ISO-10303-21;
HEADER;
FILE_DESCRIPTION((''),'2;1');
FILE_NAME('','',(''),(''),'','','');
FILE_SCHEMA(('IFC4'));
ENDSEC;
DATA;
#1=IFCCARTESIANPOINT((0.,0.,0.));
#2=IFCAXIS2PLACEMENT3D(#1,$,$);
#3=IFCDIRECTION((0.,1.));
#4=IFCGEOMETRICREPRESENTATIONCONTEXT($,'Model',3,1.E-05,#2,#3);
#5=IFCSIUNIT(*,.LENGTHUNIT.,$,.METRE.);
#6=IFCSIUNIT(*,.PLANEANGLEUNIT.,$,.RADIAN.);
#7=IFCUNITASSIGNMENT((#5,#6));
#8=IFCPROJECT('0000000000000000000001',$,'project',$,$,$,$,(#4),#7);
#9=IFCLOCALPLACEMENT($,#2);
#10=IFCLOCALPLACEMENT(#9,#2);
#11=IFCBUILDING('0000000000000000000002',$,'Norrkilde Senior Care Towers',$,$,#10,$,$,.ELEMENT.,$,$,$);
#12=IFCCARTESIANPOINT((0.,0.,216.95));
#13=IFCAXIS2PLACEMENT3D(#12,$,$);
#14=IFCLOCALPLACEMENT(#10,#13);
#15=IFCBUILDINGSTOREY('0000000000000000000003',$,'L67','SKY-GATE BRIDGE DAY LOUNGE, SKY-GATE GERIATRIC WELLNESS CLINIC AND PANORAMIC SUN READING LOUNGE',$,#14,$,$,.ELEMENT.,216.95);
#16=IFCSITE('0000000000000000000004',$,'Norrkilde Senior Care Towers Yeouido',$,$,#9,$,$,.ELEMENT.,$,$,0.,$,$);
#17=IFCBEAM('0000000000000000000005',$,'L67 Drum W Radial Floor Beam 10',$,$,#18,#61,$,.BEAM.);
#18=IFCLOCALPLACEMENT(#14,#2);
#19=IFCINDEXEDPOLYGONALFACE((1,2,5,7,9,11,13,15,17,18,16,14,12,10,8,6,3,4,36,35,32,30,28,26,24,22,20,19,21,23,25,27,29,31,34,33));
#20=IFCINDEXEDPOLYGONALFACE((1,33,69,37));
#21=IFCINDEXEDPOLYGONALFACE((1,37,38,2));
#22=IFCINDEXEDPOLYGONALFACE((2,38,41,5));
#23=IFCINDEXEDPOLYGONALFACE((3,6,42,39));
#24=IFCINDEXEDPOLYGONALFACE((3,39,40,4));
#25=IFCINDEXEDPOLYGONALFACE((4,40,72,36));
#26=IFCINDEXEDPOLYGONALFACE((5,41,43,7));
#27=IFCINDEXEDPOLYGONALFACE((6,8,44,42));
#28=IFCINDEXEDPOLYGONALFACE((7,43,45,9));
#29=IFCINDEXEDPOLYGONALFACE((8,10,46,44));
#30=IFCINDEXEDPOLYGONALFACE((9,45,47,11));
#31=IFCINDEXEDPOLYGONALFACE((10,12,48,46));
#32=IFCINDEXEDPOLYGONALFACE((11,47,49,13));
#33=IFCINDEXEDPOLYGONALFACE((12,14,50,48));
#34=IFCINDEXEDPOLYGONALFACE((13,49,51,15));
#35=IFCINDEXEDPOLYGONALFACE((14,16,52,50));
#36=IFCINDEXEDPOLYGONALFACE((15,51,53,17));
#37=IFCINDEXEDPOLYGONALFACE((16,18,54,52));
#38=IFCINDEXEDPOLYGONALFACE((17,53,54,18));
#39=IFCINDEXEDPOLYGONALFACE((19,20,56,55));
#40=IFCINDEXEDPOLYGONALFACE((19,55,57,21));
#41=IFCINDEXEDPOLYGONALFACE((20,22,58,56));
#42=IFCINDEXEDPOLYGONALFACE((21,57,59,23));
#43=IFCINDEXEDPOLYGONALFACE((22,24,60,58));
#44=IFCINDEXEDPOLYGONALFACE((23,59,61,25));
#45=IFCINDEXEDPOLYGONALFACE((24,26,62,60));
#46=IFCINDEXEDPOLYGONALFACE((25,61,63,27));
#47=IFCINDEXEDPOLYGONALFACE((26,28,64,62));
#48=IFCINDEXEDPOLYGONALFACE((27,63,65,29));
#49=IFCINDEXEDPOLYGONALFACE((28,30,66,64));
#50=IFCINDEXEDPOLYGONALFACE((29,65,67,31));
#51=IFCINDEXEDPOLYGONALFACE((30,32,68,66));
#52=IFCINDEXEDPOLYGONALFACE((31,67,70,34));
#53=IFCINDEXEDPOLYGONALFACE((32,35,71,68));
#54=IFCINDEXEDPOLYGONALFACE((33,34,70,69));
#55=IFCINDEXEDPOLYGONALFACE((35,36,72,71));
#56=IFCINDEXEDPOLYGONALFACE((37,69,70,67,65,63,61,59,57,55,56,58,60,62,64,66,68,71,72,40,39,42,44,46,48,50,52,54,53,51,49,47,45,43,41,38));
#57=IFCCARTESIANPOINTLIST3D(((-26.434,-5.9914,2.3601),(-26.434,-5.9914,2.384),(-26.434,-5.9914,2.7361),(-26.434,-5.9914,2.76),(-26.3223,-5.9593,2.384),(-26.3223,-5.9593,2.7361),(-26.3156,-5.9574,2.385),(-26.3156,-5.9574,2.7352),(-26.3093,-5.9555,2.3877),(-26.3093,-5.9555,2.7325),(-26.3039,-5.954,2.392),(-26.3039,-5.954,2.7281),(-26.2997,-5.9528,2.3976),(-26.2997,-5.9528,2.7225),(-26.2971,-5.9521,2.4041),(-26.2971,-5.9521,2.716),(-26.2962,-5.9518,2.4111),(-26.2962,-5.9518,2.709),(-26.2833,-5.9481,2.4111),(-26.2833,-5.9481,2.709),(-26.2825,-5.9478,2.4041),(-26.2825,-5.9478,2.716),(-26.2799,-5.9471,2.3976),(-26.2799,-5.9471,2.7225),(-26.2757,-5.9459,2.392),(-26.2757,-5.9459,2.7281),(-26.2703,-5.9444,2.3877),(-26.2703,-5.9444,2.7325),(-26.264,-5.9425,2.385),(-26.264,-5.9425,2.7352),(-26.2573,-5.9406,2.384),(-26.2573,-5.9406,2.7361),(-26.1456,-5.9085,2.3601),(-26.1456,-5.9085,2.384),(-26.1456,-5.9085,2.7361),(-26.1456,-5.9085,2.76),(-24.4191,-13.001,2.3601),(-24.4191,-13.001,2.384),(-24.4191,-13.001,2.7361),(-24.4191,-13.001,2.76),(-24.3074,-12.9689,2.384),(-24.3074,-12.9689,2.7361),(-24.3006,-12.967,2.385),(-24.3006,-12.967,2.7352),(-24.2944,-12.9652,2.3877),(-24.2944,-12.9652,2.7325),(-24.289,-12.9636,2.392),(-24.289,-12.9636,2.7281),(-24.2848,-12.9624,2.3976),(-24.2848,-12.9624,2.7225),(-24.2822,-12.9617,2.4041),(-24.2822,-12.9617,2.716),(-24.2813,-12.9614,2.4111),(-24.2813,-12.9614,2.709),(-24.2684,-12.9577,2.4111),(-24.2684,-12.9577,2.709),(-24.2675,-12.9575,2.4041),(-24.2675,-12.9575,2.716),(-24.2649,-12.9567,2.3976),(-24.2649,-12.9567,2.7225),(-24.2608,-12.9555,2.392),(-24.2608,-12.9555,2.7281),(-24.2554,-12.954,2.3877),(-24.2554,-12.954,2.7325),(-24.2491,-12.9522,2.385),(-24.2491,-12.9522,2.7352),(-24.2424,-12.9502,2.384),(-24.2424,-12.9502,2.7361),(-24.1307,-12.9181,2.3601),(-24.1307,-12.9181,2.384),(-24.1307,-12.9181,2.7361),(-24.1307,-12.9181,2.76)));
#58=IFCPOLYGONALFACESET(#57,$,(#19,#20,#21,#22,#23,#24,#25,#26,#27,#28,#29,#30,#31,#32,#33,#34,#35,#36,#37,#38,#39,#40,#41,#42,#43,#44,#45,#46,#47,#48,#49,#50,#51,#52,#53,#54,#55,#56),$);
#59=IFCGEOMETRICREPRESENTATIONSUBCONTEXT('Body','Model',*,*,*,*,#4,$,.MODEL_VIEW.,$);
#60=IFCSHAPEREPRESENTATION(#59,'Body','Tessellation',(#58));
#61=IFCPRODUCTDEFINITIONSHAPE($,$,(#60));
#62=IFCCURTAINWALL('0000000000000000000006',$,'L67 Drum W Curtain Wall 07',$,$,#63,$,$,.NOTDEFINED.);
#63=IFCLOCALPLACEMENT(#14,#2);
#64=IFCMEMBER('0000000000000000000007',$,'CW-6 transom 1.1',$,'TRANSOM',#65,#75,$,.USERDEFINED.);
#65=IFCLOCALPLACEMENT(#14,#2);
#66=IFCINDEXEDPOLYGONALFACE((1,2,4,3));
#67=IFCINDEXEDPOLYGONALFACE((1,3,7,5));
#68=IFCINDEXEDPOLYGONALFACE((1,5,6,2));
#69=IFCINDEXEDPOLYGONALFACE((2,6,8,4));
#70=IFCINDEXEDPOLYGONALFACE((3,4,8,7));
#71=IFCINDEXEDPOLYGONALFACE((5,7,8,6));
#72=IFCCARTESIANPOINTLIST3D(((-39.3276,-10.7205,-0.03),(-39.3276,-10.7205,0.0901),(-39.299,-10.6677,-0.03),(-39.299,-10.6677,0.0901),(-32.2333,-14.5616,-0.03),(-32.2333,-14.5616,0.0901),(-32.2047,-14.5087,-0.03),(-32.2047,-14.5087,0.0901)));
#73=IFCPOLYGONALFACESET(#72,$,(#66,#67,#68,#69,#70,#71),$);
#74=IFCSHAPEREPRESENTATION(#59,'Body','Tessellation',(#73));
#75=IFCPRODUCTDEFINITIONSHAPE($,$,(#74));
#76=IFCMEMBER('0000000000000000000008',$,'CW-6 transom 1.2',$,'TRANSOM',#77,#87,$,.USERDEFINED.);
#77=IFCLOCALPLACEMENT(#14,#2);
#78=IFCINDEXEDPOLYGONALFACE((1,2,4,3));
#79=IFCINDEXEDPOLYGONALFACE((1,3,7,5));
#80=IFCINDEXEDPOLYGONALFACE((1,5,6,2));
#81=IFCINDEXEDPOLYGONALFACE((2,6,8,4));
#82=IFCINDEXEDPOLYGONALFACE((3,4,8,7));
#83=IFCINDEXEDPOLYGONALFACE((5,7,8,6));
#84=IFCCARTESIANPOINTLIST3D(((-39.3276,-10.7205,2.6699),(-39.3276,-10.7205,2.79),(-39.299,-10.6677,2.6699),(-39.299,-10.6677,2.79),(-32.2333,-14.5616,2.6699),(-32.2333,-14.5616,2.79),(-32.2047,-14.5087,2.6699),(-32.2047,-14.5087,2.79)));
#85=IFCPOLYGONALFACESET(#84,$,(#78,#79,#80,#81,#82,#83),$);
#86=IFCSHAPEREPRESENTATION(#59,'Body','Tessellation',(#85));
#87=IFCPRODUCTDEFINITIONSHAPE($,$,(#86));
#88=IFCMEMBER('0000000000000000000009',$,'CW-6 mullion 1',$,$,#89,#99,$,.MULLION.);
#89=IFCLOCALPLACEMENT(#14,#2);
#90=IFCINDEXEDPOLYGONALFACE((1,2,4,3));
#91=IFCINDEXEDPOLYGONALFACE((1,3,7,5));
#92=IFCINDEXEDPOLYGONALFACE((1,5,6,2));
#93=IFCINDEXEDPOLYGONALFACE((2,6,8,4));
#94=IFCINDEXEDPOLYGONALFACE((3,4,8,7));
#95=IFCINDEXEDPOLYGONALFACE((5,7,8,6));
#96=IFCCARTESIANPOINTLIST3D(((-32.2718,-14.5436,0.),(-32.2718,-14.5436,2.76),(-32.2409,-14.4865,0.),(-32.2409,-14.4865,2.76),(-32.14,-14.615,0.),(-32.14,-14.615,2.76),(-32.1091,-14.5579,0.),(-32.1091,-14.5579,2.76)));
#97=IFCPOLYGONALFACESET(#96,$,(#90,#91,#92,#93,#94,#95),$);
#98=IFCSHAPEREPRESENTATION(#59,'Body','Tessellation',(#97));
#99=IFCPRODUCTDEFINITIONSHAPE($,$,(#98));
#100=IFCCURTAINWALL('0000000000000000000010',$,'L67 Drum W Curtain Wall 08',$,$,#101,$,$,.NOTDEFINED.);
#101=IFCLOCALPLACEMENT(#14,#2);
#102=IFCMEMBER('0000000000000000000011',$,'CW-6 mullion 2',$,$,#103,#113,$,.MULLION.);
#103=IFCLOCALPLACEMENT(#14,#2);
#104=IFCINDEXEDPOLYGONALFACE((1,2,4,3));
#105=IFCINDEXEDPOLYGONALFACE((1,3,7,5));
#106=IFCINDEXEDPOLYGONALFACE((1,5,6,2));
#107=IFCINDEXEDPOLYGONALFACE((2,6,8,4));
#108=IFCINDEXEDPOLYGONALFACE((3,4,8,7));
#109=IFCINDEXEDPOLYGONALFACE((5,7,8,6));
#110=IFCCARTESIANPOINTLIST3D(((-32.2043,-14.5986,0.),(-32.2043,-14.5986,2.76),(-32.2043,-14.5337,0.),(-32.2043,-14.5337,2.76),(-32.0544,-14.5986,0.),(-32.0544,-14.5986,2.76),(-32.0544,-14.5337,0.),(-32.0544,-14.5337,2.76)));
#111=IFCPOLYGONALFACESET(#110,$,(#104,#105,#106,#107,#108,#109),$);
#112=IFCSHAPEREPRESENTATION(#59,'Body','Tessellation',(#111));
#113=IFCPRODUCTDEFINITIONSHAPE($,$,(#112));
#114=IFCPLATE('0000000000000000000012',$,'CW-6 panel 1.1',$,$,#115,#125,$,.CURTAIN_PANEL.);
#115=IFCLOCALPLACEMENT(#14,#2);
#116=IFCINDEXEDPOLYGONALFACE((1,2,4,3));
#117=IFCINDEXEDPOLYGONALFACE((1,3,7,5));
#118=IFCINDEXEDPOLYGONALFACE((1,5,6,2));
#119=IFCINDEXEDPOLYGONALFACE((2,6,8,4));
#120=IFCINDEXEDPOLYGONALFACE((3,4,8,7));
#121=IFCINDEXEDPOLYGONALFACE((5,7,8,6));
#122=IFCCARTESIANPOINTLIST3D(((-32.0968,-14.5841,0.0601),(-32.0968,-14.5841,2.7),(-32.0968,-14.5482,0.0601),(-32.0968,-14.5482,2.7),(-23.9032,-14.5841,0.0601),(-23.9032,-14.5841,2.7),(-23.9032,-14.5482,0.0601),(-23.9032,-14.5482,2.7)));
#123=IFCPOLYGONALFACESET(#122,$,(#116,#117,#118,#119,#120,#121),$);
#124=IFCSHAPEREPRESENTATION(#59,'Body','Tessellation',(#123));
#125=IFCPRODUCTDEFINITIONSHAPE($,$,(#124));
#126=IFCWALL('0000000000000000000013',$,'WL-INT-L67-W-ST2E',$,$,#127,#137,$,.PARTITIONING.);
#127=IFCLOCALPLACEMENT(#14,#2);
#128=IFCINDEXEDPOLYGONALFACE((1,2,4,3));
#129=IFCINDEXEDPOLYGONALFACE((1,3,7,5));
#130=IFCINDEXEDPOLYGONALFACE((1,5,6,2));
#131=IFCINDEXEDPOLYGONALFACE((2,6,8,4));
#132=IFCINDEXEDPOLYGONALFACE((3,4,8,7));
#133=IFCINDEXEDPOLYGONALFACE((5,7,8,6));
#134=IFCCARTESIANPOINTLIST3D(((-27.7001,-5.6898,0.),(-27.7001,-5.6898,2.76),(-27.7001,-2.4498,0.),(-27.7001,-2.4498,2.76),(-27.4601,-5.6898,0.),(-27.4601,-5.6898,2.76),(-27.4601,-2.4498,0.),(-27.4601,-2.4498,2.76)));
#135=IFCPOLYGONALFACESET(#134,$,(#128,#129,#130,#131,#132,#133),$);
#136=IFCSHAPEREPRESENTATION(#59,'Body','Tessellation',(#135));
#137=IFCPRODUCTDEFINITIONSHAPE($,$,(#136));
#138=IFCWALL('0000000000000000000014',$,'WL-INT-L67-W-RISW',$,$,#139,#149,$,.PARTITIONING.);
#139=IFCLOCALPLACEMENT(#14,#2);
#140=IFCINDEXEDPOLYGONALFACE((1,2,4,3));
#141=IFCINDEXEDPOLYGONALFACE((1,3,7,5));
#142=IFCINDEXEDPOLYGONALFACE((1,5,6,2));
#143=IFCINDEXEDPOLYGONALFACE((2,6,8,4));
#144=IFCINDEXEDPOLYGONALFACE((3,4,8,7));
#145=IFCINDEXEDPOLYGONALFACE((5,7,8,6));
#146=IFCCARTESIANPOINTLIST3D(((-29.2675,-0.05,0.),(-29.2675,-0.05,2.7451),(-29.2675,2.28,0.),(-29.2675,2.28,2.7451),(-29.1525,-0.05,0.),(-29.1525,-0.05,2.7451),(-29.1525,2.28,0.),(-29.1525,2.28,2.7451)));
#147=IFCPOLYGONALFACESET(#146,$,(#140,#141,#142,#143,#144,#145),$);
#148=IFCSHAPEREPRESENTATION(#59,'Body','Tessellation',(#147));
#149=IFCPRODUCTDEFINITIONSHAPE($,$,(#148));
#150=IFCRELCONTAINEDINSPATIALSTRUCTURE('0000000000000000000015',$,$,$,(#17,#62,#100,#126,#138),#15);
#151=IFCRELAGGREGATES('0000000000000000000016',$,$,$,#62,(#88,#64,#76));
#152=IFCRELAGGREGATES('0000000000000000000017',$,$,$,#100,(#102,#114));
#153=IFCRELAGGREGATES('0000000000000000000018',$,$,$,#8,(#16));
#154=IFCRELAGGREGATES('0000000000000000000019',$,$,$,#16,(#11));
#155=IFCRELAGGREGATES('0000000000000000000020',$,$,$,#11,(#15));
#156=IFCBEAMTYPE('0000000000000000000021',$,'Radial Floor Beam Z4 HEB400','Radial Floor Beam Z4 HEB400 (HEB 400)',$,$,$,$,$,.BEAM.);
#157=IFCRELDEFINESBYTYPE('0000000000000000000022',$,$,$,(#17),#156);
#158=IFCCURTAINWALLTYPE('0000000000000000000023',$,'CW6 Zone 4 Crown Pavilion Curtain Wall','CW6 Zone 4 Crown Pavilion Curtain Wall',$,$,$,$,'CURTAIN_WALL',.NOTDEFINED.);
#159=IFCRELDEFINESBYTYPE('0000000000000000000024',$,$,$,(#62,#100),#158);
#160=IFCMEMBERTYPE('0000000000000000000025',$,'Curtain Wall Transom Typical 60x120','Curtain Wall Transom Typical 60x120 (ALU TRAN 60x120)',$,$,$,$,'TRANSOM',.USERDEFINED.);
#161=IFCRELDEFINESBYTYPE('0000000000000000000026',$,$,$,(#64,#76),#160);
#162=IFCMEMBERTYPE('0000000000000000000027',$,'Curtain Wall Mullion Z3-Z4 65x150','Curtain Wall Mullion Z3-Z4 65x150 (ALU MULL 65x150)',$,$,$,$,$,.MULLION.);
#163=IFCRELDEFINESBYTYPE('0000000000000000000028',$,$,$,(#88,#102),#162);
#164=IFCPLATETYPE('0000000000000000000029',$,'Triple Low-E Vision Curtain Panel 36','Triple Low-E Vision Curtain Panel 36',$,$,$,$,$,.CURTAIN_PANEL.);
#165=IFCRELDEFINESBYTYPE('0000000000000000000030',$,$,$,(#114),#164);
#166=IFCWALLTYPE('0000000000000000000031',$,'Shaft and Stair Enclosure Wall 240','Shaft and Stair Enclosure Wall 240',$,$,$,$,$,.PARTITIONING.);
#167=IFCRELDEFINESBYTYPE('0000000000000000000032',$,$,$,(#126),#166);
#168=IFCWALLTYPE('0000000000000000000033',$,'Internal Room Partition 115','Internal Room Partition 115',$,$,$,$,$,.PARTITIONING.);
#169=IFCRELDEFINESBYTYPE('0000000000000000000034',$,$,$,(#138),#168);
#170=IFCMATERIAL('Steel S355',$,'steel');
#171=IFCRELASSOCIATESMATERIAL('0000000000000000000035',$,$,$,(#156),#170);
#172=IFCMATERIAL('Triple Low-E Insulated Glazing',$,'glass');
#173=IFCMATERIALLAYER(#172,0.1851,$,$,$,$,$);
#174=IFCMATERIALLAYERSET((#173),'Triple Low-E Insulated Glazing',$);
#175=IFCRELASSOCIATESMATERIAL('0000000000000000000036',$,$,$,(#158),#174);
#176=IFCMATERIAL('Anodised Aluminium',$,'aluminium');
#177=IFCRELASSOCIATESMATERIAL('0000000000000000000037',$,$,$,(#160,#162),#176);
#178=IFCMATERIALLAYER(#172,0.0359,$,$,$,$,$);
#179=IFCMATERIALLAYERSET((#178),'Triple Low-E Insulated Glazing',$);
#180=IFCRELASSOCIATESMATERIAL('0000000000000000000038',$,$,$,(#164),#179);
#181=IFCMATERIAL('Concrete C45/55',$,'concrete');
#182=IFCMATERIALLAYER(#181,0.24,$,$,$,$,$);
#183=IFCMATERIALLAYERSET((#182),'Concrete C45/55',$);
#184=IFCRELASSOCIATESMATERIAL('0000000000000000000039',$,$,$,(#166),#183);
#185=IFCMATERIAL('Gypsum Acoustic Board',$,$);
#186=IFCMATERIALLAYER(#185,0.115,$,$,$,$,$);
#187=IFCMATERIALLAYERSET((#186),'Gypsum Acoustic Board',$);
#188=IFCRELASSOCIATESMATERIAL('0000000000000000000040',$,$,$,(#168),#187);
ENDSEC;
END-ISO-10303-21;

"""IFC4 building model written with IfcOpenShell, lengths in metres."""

from ifc_helpers import new_model, si_unit, direction, frame, frame_2d, origin, origin_2d, place, context, subcontext, project, spatial, rectangle, i_section, extrude, source, transform, mapped, material, layer, layer_set, material_profile, profile_set, type_object, type_shapes, element, aggregate, save


model = new_model("IFC4")

# Units and contexts
model_context = context("Model", 3, precision=1e-05, world=origin(), true_north=direction((0.0, 1.0)))
body_context = subcontext(model_context, "Body", "Model", "MODEL_VIEW")
ifc_project = project(units=[si_unit("LENGTHUNIT", "METRE"), si_unit("PLANEANGLEUNIT", "RADIAN")], contexts=[model_context])

# Site, building, storey
site_placement = place(None, origin())
site = spatial("IfcSite", under=ifc_project, at=site_placement, Name="Norrkilde Senior Care Towers Yeouido", CompositionType="ELEMENT", RefElevation=0.0)
building_placement = place(site_placement, origin())
building = spatial("IfcBuilding", under=site, at=building_placement, Name="Norrkilde Senior Care Towers", CompositionType="ELEMENT")
storey_placement = place(building_placement, frame((0.0, 0.0, 216.95)))
storey = spatial("IfcBuildingStorey", under=building, at=storey_placement, Name="L67", Description="SKY-GATE BRIDGE DAY LOUNGE, SKY-GATE GERIATRIC WELLNESS CLINIC AND PANORAMIC SUN READING LOUNGE", CompositionType="ELEMENT", Elevation=216.95)

# Beam
ifc_material_1 = material(Name="Steel S355", Category="steel")
ifc_material_profile_1 = material_profile(ifc_material_1, i_section(OverallWidth=0.3, OverallDepth=0.3999, WebThickness=0.0134, FlangeThickness=0.0239, FilletRadius=0.0271, at=origin_2d()), Name="HEB 400")
ifc_profile_set_1 = profile_set([ifc_material_profile_1], Name="Steel S355")
beam_type_1 = type_object("IfcBeamType", Name="Radial Floor Beam Z4 HEB400", Description="Radial Floor Beam Z4 HEB400 (HEB 400)", PredefinedType="BEAM", material=ifc_profile_set_1)
shared_shape_1 = source(origin(), body_context, "Body", "SweptSolid", [
    extrude(i_section(OverallWidth=0.3, OverallDepth=0.3999, WebThickness=0.0134, FlangeThickness=0.0239, FilletRadius=0.0271, at=origin_2d()), origin(), (0.0, 0.0, 1.0), 7.2935),
])
type_shapes(beam_type_1, [shared_shape_1])
for number, where, z_axis, x_axis, name in (
    (1, (-26.2898, -5.95, 2.5601), (0.276264, -0.961082, 0.0), (0.961082, 0.276264, 0.0), "L67 Drum W Radial Floor Beam 10"),
):
    element("IfcBeam", number, at=place(storey_placement, frame(where, z_axis=z_axis, x_axis=x_axis)), inside=storey, type_object=beam_type_1, Name=name, PredefinedType="BEAM", context=body_context, shape_type="MappedRepresentation", body=[
        mapped(shared_shape_1, transform((0.0, 0.0, 0.0), x_axis=(1.0, 0.0, 0.0), y_axis=(0.0, 1.0, 0.0), z_axis=(0.0, 0.0, 1.0), scale=1.0)),
    ])

# Curtain wall, members
ifc_material_2 = material(Name="Triple Low-E Insulated Glazing", Category="glass")
ifc_layer_1 = layer(ifc_material_2, 0.1851)
ifc_layer_set_1 = layer_set([ifc_layer_1], Name="Triple Low-E Insulated Glazing")
curtain_wall_type = type_object("IfcCurtainWallType", Name="CW6 Zone 4 Crown Pavilion Curtain Wall", Description="CW6 Zone 4 Crown Pavilion Curtain Wall", ElementType="CURTAIN_WALL", PredefinedType="NOTDEFINED", material=ifc_layer_set_1)
curtain_wall_1_placement = place(storey_placement, origin())
curtain_wall_1 = element("IfcCurtainWall", 2, at=curtain_wall_1_placement, inside=storey, type_object=curtain_wall_type, Name="L67 Drum W Curtain Wall 07", PredefinedType="NOTDEFINED")
ifc_material_3 = material(Name="Anodised Aluminium", Category="aluminium")
ifc_material_profile_2 = material_profile(ifc_material_3, rectangle(XDim=0.0601, YDim=0.1201, at=origin_2d()), Name="ALU TRAN 60x120")
ifc_profile_set_2 = profile_set([ifc_material_profile_2], Name="Anodised Aluminium")
member_type_1 = type_object("IfcMemberType", Name="Curtain Wall Transom Typical 60x120", Description="Curtain Wall Transom Typical 60x120 (ALU TRAN 60x120)", ElementType="TRANSOM", PredefinedType="USERDEFINED", material=ifc_profile_set_2)
shared_shape_2 = source(origin(), body_context, "Body", "SweptSolid", [
    extrude(rectangle(XDim=0.0601, YDim=0.1201, at=origin_2d()), origin(), (0.0, 0.0, 1.0), 8.0674),
])
type_shapes(member_type_1, [shared_shape_2])
member_1_placement = place(storey_placement, frame((-32.219, -14.5352, 0.03), z_axis=(-0.879378, 0.476125, 0.0), x_axis=(-0.476125, -0.879378, 0.0)))
member_1 = element("IfcMember", 3, at=member_1_placement, type_object=member_type_1, Name="CW-6 transom 1.1", ObjectType="TRANSOM", PredefinedType="USERDEFINED", context=body_context, shape_type="MappedRepresentation", body=[
    mapped(shared_shape_2, transform((0.0, 0.0, 0.0), x_axis=(1.0, 0.0, 0.0), y_axis=(0.0, 1.0, 0.0), z_axis=(0.0, 0.0, 1.0), scale=1.0)),
])
member_2_placement = place(storey_placement, frame((-32.219, -14.5352, 2.73), z_axis=(-0.879378, 0.476125, 0.0), x_axis=(-0.476125, -0.879378, 0.0)))
member_2 = element("IfcMember", 4, at=member_2_placement, type_object=member_type_1, Name="CW-6 transom 1.2", ObjectType="TRANSOM", PredefinedType="USERDEFINED", context=body_context, shape_type="MappedRepresentation", body=[
    mapped(shared_shape_2, transform((0.0, 0.0, 0.0), x_axis=(1.0, 0.0, 0.0), y_axis=(0.0, 1.0, 0.0), z_axis=(0.0, 0.0, 1.0), scale=1.0)),
])
ifc_material_profile_3 = material_profile(ifc_material_3, rectangle(XDim=0.0649, YDim=0.1499, at=origin_2d()), Name="ALU MULL 65x150")
ifc_profile_set_3 = profile_set([ifc_material_profile_3], Name="Anodised Aluminium")
member_type_2 = type_object("IfcMemberType", Name="Curtain Wall Mullion Z3-Z4 65x150", Description="Curtain Wall Mullion Z3-Z4 65x150 (ALU MULL 65x150)", PredefinedType="MULLION", material=ifc_profile_set_3)
shared_shape_3 = source(origin(), body_context, "Body", "SweptSolid", [
    extrude(rectangle(XDim=0.0649, YDim=0.1499, at=origin_2d()), origin(), (0.0, 0.0, 1.0), 2.76),
])
type_shapes(member_type_2, [shared_shape_3])
member_3_placement = place(storey_placement, frame((-32.1904, -14.5508, 0.0), z_axis=(0.0, 0.0, 1.0), x_axis=(-0.476133, -0.879373, 0.0)))
member_3 = element("IfcMember", 5, at=member_3_placement, type_object=member_type_2, Name="CW-6 mullion 1", PredefinedType="MULLION", context=body_context, shape_type="MappedRepresentation", body=[
    mapped(shared_shape_3, transform((0.0, 0.0, 0.0), x_axis=(1.0, 0.0, 0.0), y_axis=(0.0, 1.0, 0.0), z_axis=(0.0, 0.0, 1.0), scale=1.0)),
])
aggregate(curtain_wall_1, [member_3, member_1, member_2])

# Curtain wall, member, plate
curtain_wall_2_placement = place(storey_placement, origin())
curtain_wall_2 = element("IfcCurtainWall", 6, at=curtain_wall_2_placement, inside=storey, type_object=curtain_wall_type, Name="L67 Drum W Curtain Wall 08", PredefinedType="NOTDEFINED")
member_4_placement = place(storey_placement, frame((-32.1294, -14.5662, 0.0), z_axis=(0.0, 0.0, 1.0), x_axis=(0.0, -1.0, 0.0)))
member_4 = element("IfcMember", 7, at=member_4_placement, type_object=member_type_2, Name="CW-6 mullion 2", PredefinedType="MULLION", context=body_context, shape_type="MappedRepresentation", body=[
    mapped(shared_shape_3, transform((0.0, 0.0, 0.0), x_axis=(1.0, 0.0, 0.0), y_axis=(0.0, 1.0, 0.0), z_axis=(0.0, 0.0, 1.0), scale=1.0)),
])
ifc_layer_2 = layer(ifc_material_2, 0.0359)
ifc_layer_set_2 = layer_set([ifc_layer_2], Name="Triple Low-E Insulated Glazing")
plate_type = type_object("IfcPlateType", Name="Triple Low-E Vision Curtain Panel 36", Description="Triple Low-E Vision Curtain Panel 36", PredefinedType="CURTAIN_PANEL", material=ifc_layer_set_2)
shared_shape_4 = source(origin(), body_context, "Body", "SweptSolid", [
    extrude(rectangle(XDim=8.1936, YDim=0.0359, at=origin_2d()), origin(), (0.0, 0.0, 1.0), 2.6399),
])
type_shapes(plate_type, [shared_shape_4])
plate_placement = place(storey_placement, frame((-28.0, -14.5662, 0.0601), z_axis=(0.0, 0.0, 1.0), x_axis=(-1.0, 0.0, 0.0)))
plate = element("IfcPlate", 8, at=plate_placement, type_object=plate_type, Name="CW-6 panel 1.1", PredefinedType="CURTAIN_PANEL", context=body_context, shape_type="MappedRepresentation", body=[
    mapped(shared_shape_4, transform((0.0, 0.0, 0.0), x_axis=(1.0, 0.0, 0.0), y_axis=(0.0, 1.0, 0.0), z_axis=(0.0, 0.0, 1.0), scale=1.0)),
])
aggregate(curtain_wall_2, [member_4, plate])

# Walls
ifc_material_4 = material(Name="Concrete C45/55", Category="concrete")
ifc_layer_3 = layer(ifc_material_4, 0.24)
ifc_layer_set_3 = layer_set([ifc_layer_3], Name="Concrete C45/55")
wall_type_1 = type_object("IfcWallType", Name="Shaft and Stair Enclosure Wall 240", Description="Shaft and Stair Enclosure Wall 240", PredefinedType="PARTITIONING", material=ifc_layer_set_3)
shared_shape_5 = source(origin(), body_context, "Body", "SweptSolid", [
    extrude(rectangle(XDim=3.24, YDim=0.24, at=frame_2d((1.6201, 0.0))), origin(), (0.0, 0.0, 1.0), 2.76),
])
type_shapes(wall_type_1, [shared_shape_5])
wall_1_placement = place(storey_placement, frame((-27.5801, -5.6899, 0.0), z_axis=(0.0, 0.0, 1.0), x_axis=(0.0, 1.0, 0.0)))
element("IfcWall", 9, at=wall_1_placement, inside=storey, type_object=wall_type_1, Name="WL-INT-L67-W-ST2E", PredefinedType="PARTITIONING", context=body_context, shape_type="MappedRepresentation", body=[
    mapped(shared_shape_5, transform((0.0, 0.0, 0.0), x_axis=(1.0, 0.0, 0.0), y_axis=(0.0, 1.0, 0.0), z_axis=(0.0, 0.0, 1.0), scale=1.0)),
])
ifc_material_5 = material(Name="Gypsum Acoustic Board")
ifc_layer_4 = layer(ifc_material_5, 0.115)
ifc_layer_set_4 = layer_set([ifc_layer_4], Name="Gypsum Acoustic Board")
wall_type_2 = type_object("IfcWallType", Name="Internal Room Partition 115", Description="Internal Room Partition 115", PredefinedType="PARTITIONING", material=ifc_layer_set_4)
shared_shape_6 = source(origin(), body_context, "Body", "SweptSolid", [
    extrude(rectangle(XDim=2.3301, YDim=0.115, at=frame_2d((1.165, 0.0))), origin(), (0.0, 0.0, 1.0), 2.7451),
])
type_shapes(wall_type_2, [shared_shape_6])
wall_2_placement = place(storey_placement, frame((-29.21, -0.05, 0.0), z_axis=(0.0, 0.0, 1.0), x_axis=(0.0, 1.0, 0.0)))
element("IfcWall", 10, at=wall_2_placement, inside=storey, type_object=wall_type_2, Name="WL-INT-L67-W-RISW", PredefinedType="PARTITIONING", context=body_context, shape_type="MappedRepresentation", body=[
    mapped(shared_shape_6, transform((0.0, 0.0, 0.0), x_axis=(1.0, 0.0, 0.0), y_axis=(0.0, 1.0, 0.0), z_axis=(0.0, 0.0, 1.0), scale=1.0)),
])

save(model, "model.ifc")
